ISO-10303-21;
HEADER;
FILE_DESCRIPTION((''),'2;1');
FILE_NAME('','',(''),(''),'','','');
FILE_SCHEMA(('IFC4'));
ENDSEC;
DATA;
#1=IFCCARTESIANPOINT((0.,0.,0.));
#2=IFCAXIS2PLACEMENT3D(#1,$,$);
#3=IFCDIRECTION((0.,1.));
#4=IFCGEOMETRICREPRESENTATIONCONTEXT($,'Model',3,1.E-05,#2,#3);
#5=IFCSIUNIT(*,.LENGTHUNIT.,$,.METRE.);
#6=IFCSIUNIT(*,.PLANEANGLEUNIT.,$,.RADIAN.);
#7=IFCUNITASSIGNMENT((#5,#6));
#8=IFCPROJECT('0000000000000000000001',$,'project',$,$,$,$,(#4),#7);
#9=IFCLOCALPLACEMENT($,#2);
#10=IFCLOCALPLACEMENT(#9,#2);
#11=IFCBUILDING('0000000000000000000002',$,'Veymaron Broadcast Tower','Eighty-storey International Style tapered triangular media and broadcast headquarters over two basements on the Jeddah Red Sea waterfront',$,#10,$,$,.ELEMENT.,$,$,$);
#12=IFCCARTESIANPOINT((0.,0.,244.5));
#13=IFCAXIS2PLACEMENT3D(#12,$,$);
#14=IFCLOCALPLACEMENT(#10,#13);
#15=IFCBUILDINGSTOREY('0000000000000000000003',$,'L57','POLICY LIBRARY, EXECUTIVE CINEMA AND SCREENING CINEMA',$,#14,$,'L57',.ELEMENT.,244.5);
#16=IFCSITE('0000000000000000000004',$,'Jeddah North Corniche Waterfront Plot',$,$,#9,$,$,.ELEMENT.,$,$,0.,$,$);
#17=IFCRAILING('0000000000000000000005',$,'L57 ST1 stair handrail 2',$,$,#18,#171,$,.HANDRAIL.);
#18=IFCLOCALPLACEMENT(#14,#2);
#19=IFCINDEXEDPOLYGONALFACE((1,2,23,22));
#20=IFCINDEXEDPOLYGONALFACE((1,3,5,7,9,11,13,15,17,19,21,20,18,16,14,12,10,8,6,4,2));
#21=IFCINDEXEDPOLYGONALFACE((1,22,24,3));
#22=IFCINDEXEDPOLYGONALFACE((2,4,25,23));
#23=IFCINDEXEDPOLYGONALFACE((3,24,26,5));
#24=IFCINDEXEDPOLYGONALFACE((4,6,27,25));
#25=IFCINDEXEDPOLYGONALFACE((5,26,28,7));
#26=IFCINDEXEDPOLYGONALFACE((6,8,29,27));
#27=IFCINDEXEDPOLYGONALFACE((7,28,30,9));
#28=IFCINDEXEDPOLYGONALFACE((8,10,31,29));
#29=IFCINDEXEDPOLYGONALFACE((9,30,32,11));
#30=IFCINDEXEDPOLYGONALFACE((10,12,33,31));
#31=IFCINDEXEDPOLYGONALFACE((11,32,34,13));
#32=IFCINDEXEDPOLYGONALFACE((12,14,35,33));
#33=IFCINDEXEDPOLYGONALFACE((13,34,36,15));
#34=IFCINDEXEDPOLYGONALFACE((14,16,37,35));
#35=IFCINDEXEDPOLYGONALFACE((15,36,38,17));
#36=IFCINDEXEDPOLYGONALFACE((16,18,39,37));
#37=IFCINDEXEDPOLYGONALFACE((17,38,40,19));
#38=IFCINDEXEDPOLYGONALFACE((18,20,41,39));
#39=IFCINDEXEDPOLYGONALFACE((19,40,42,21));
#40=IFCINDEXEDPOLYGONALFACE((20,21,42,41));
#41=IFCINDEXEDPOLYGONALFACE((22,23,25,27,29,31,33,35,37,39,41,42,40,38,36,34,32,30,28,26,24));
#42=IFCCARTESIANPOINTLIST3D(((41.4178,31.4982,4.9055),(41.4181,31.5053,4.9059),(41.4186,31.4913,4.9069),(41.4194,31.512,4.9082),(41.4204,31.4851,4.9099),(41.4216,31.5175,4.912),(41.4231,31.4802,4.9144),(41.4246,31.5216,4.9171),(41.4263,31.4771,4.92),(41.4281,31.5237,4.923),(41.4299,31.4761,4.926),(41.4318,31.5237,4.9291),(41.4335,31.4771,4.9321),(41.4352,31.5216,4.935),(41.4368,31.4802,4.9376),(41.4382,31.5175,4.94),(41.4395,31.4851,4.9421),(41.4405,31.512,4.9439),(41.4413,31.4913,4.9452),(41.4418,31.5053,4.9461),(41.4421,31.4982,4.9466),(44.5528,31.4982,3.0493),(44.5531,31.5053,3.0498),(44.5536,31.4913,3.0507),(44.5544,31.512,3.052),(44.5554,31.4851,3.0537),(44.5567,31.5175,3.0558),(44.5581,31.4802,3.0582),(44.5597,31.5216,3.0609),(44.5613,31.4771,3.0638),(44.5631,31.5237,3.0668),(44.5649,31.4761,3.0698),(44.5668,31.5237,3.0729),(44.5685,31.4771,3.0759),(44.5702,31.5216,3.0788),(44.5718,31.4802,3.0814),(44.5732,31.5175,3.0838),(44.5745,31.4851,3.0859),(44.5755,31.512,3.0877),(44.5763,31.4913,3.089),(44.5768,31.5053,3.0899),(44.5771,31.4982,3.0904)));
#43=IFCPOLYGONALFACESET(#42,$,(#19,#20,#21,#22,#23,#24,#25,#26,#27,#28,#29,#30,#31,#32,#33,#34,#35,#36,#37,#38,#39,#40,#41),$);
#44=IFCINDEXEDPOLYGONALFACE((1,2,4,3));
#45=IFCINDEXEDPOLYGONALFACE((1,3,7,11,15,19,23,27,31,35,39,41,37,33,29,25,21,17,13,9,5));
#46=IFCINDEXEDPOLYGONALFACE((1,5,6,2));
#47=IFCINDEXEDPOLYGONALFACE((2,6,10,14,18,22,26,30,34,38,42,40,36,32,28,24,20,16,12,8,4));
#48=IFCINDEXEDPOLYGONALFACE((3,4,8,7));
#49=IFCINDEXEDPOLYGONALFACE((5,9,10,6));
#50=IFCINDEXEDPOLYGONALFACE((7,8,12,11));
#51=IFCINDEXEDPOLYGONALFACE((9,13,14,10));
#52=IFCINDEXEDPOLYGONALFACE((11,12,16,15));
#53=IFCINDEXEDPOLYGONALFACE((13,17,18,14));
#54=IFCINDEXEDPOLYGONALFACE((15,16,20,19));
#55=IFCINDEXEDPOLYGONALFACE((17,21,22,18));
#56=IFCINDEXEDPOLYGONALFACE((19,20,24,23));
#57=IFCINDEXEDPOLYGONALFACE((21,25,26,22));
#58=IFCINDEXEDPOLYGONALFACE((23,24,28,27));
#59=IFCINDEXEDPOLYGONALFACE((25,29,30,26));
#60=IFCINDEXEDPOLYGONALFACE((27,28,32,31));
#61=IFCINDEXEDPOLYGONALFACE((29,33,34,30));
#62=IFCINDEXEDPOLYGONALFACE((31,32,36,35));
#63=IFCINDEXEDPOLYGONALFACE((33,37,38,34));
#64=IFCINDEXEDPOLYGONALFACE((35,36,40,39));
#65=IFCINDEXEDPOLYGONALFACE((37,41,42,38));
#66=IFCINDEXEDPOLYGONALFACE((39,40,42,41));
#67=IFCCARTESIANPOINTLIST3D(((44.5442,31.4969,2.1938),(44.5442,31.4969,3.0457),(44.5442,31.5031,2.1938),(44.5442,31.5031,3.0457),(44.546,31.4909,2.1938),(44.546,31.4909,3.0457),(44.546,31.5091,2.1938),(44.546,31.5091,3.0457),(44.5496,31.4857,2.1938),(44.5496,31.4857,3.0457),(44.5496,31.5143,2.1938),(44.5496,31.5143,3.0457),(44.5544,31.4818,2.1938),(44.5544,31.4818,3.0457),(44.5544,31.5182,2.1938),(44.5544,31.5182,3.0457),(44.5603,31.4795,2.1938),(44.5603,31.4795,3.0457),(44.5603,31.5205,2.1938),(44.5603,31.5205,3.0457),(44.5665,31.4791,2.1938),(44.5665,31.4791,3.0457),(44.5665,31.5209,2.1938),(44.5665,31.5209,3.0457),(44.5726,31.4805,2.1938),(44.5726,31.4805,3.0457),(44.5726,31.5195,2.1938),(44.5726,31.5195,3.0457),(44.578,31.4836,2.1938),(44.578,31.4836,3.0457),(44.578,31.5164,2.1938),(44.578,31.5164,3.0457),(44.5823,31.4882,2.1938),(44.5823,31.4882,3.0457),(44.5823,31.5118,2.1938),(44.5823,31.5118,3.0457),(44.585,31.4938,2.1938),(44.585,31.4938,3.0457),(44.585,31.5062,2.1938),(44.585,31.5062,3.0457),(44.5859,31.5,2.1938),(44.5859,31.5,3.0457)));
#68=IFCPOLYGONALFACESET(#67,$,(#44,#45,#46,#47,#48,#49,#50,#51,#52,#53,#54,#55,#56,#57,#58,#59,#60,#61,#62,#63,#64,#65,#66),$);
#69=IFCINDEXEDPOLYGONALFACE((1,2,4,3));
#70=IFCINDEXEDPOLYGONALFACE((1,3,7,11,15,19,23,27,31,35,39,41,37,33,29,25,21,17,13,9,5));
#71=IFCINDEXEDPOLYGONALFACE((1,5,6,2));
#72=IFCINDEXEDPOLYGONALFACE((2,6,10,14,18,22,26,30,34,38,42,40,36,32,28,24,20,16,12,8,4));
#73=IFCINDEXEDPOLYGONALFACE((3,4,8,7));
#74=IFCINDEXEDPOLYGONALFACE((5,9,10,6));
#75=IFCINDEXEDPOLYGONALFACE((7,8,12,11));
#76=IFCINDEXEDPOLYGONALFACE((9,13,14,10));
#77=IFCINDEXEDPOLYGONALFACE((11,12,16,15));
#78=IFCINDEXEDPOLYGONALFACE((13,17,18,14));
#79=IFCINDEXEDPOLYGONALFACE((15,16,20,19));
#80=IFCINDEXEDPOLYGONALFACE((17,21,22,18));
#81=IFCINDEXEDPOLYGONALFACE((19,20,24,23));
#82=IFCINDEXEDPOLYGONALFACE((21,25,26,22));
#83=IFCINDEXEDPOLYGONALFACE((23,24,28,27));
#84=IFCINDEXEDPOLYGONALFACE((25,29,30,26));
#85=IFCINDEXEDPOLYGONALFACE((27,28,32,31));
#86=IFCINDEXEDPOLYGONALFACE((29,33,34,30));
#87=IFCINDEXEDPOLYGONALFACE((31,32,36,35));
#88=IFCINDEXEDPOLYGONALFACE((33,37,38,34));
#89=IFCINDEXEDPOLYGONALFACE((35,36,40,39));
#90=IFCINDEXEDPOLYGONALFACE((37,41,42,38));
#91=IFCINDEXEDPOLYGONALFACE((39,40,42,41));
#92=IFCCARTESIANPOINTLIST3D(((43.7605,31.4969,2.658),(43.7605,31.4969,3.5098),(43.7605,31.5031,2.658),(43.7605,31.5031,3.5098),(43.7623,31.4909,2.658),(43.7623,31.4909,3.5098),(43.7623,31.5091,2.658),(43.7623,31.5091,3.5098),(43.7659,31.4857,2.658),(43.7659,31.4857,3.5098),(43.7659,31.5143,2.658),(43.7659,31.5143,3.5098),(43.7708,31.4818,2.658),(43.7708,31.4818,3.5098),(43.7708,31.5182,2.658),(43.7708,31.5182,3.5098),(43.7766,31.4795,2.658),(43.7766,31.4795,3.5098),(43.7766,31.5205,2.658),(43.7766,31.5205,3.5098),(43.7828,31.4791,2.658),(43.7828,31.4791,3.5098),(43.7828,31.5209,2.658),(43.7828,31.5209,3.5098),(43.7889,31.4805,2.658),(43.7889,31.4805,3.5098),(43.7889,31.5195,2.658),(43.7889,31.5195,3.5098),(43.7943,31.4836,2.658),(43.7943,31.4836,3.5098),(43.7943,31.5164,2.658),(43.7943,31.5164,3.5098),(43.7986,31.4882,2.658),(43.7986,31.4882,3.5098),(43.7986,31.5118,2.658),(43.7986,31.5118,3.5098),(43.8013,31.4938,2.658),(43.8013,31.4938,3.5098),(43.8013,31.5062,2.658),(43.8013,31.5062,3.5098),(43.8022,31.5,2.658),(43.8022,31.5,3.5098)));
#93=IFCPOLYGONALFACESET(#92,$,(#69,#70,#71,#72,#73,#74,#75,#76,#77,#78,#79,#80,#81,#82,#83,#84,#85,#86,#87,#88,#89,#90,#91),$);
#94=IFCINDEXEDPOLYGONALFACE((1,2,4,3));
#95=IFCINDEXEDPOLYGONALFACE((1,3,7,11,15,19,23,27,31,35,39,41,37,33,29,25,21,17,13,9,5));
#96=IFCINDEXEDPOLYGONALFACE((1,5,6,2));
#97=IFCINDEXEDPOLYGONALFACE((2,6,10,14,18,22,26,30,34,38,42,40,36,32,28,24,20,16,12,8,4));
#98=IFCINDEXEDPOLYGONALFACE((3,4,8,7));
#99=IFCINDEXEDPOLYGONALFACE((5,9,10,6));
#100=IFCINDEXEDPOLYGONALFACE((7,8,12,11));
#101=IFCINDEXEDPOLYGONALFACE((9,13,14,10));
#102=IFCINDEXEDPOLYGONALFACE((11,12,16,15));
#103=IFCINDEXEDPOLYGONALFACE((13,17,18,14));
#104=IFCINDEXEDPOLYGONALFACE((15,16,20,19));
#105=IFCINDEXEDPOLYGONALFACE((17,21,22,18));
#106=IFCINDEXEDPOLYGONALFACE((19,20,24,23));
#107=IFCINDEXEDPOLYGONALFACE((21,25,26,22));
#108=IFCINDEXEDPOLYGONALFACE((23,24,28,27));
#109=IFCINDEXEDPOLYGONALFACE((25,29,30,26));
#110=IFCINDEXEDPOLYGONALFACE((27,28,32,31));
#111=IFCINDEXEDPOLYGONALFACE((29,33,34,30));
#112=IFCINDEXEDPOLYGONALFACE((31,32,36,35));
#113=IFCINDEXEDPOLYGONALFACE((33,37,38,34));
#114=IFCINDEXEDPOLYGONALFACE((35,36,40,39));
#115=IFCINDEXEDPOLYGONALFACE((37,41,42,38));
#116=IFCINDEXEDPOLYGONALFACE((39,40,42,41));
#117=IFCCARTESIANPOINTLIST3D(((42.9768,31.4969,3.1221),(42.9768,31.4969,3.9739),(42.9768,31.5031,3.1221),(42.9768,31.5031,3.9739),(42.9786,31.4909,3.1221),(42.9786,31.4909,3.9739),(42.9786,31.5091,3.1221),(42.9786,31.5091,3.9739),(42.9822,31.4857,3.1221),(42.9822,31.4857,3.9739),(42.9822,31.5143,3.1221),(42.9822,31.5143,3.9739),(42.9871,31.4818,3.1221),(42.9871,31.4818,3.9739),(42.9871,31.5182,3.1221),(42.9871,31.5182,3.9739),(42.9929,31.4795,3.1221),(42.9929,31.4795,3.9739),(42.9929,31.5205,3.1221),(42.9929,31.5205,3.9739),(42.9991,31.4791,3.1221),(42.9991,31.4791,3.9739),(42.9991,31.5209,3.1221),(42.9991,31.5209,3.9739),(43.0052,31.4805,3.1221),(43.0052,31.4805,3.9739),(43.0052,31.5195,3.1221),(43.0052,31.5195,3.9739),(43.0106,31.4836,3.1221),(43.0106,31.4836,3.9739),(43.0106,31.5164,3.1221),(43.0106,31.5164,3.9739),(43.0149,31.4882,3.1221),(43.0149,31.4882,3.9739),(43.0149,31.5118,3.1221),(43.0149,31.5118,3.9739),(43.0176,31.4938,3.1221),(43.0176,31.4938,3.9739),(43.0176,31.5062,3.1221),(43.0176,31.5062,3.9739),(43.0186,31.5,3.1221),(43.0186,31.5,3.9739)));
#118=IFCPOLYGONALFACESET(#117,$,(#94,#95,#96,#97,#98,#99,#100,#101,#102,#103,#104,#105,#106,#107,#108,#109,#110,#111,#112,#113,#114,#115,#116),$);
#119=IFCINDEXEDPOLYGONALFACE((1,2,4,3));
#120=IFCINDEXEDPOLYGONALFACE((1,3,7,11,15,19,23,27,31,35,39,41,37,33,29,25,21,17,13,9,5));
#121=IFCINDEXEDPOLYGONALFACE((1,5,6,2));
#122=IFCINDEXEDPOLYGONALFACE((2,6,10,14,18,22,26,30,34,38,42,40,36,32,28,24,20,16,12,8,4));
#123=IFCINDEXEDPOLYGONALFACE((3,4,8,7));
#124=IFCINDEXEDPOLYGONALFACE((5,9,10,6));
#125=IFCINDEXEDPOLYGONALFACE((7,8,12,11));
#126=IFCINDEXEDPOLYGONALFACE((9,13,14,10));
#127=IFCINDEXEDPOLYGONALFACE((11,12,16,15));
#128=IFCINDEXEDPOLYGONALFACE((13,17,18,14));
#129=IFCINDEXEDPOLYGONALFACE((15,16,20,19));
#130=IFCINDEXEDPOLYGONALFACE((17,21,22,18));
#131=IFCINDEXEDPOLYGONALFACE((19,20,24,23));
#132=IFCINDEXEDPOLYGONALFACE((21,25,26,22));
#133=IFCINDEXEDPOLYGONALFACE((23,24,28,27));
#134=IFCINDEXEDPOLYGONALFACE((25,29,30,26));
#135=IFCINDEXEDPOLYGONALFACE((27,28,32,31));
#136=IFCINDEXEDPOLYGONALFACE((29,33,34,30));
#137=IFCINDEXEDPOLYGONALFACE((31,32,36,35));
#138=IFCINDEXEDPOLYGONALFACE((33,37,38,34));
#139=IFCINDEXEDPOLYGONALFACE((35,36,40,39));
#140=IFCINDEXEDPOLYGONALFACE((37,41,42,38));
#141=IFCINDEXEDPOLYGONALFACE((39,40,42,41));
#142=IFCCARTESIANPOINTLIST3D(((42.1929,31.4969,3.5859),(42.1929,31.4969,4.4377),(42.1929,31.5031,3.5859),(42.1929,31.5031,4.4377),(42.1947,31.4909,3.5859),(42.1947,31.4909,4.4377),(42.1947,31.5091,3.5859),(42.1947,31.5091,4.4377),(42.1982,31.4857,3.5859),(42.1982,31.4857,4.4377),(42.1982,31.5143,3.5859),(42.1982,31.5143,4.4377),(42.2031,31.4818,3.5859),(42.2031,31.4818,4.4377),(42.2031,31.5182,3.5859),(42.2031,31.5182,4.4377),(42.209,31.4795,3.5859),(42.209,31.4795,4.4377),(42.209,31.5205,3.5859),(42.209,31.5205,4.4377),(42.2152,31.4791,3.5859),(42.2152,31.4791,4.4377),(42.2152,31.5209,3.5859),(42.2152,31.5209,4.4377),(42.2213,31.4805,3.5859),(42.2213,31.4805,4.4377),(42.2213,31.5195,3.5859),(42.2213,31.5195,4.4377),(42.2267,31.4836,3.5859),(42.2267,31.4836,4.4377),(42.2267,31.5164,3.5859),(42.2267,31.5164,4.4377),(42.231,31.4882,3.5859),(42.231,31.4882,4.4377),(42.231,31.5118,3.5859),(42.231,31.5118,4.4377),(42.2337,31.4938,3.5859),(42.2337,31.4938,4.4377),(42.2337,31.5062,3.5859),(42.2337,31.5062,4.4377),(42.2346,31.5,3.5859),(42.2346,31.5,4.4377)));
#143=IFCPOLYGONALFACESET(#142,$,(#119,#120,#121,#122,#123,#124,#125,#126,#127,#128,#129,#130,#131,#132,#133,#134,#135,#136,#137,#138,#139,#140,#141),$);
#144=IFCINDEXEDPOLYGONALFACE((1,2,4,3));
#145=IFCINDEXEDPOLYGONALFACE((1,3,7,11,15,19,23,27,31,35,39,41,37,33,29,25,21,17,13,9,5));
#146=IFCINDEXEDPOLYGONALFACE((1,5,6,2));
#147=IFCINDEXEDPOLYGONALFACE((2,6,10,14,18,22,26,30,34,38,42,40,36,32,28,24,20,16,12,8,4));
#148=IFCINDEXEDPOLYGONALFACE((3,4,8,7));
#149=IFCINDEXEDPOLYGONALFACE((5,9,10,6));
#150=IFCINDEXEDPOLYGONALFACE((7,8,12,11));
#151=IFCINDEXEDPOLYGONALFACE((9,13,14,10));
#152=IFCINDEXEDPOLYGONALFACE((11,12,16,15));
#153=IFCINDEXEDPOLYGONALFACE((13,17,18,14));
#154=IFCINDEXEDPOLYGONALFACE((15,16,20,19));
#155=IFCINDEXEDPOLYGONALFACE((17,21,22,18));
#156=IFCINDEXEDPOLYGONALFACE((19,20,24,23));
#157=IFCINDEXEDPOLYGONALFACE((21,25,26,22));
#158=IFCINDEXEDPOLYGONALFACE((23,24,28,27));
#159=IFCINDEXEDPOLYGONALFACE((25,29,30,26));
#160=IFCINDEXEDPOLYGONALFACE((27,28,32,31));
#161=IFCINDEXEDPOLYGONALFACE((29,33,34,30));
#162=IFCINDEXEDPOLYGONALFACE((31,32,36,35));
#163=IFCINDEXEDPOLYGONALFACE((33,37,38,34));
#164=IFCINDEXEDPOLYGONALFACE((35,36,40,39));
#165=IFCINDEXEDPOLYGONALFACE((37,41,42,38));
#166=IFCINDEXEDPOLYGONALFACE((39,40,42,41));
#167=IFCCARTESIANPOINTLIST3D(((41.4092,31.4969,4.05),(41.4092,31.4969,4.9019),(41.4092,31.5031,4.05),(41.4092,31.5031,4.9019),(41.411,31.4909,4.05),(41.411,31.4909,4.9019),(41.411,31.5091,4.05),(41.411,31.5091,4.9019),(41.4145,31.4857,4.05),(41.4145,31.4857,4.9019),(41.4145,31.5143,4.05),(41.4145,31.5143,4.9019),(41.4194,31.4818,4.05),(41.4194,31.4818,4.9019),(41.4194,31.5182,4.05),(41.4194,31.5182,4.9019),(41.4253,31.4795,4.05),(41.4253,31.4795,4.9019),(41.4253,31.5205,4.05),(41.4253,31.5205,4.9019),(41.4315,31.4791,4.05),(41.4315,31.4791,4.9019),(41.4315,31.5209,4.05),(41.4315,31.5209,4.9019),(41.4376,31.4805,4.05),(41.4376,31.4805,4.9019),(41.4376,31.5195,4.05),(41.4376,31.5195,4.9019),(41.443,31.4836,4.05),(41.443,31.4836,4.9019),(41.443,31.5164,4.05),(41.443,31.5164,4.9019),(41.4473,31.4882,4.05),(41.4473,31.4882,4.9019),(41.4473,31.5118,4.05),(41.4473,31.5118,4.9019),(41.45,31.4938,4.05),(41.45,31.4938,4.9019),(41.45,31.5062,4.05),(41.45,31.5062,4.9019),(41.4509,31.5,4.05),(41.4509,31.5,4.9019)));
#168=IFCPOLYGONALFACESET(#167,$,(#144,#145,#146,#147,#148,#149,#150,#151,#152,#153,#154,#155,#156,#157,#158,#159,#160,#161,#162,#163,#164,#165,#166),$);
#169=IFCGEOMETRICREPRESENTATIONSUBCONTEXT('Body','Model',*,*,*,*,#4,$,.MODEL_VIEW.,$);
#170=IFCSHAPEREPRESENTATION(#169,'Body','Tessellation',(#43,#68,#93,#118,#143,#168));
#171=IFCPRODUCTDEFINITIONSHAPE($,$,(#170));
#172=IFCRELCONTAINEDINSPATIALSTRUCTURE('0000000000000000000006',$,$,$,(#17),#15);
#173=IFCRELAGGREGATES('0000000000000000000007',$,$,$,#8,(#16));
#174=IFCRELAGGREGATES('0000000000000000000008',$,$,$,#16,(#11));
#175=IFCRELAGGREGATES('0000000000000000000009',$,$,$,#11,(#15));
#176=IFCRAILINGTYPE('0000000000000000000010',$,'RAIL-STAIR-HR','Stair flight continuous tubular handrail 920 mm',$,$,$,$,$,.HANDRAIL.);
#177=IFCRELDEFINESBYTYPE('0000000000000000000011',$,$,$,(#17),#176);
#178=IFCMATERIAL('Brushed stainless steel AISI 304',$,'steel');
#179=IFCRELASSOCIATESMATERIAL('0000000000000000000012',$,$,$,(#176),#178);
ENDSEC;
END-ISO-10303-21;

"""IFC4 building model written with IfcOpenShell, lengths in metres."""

from ifc_helpers import new_model, si_unit, direction, frame, origin, origin_2d, place, context, subcontext, project, spatial, circle, extrude, material, type_object, element, save


model = new_model("IFC4")

# Units and contexts
model_context = context("Model", 3, precision=1e-05, world=origin(), true_north=direction((0.0, 1.0)))
body_context = subcontext(model_context, "Body", "Model", "MODEL_VIEW")
ifc_project = project(units=[si_unit("LENGTHUNIT", "METRE"), si_unit("PLANEANGLEUNIT", "RADIAN")], contexts=[model_context])

# Site, building, storey
site_placement = place(None, origin())
site = spatial("IfcSite", under=ifc_project, at=site_placement, Name="Jeddah North Corniche Waterfront Plot", CompositionType="ELEMENT", RefElevation=0.0)
building_placement = place(site_placement, origin())
building = spatial("IfcBuilding", under=site, at=building_placement, Name="Veymaron Broadcast Tower", Description="Eighty-storey International Style tapered triangular media and broadcast headquarters over two basements on the Jeddah Red Sea waterfront", CompositionType="ELEMENT")
storey_placement = place(building_placement, frame((0.0, 0.0, 244.5)))
storey = spatial("IfcBuildingStorey", under=building, at=storey_placement, Name="L57", Description="POLICY LIBRARY, EXECUTIVE CINEMA AND SCREENING CINEMA", LongName="L57", CompositionType="ELEMENT", Elevation=244.5)

# Shared definitions
ifc_material_1 = material(Name="Brushed stainless steel AISI 304", Category="steel")

# Railing
railing_type_1 = type_object("IfcRailingType", Name="RAIL-STAIR-HR", Description="Stair flight continuous tubular handrail 920 mm", PredefinedType="HANDRAIL", material=ifc_material_1)
railing_1_placement = place(storey_placement, frame((44.5649, 31.5, 2.1938)))
element("IfcRailing", 1, at=railing_1_placement, inside=storey, type_object=railing_type_1, Name="L57 ST1 stair handrail 2", PredefinedType="HANDRAIL", context=body_context, shape_type="SweptSolid", body=[
    extrude(circle(Radius=0.0239, at=origin_2d()), frame((0.0, 0.0, 0.876), z_axis=(-0.860482, 0.0, 0.509481), x_axis=(0.0, -1.0, 0.0)), (0.0, 0.0, 1.0), 3.6433),
    extrude(circle(Radius=0.021, at=origin_2d()), origin(), (0.0, 0.0, 1.0), 0.8518),
    extrude(circle(Radius=0.021, at=origin_2d()), frame((-0.7837, 0.0, 0.4641)), (0.0, 0.0, 1.0), 0.8518),
    extrude(circle(Radius=0.021, at=origin_2d()), frame((-1.5674, 0.0, 0.9282)), (0.0, 0.0, 1.0), 0.8518),
    extrude(circle(Radius=0.021, at=origin_2d()), frame((-2.3513, 0.0, 1.3921)), (0.0, 0.0, 1.0), 0.8518),
    extrude(circle(Radius=0.021, at=origin_2d()), frame((-3.135, 0.0, 1.8562)), (0.0, 0.0, 1.0), 0.8518),
])

save(model, "model.ifc")
